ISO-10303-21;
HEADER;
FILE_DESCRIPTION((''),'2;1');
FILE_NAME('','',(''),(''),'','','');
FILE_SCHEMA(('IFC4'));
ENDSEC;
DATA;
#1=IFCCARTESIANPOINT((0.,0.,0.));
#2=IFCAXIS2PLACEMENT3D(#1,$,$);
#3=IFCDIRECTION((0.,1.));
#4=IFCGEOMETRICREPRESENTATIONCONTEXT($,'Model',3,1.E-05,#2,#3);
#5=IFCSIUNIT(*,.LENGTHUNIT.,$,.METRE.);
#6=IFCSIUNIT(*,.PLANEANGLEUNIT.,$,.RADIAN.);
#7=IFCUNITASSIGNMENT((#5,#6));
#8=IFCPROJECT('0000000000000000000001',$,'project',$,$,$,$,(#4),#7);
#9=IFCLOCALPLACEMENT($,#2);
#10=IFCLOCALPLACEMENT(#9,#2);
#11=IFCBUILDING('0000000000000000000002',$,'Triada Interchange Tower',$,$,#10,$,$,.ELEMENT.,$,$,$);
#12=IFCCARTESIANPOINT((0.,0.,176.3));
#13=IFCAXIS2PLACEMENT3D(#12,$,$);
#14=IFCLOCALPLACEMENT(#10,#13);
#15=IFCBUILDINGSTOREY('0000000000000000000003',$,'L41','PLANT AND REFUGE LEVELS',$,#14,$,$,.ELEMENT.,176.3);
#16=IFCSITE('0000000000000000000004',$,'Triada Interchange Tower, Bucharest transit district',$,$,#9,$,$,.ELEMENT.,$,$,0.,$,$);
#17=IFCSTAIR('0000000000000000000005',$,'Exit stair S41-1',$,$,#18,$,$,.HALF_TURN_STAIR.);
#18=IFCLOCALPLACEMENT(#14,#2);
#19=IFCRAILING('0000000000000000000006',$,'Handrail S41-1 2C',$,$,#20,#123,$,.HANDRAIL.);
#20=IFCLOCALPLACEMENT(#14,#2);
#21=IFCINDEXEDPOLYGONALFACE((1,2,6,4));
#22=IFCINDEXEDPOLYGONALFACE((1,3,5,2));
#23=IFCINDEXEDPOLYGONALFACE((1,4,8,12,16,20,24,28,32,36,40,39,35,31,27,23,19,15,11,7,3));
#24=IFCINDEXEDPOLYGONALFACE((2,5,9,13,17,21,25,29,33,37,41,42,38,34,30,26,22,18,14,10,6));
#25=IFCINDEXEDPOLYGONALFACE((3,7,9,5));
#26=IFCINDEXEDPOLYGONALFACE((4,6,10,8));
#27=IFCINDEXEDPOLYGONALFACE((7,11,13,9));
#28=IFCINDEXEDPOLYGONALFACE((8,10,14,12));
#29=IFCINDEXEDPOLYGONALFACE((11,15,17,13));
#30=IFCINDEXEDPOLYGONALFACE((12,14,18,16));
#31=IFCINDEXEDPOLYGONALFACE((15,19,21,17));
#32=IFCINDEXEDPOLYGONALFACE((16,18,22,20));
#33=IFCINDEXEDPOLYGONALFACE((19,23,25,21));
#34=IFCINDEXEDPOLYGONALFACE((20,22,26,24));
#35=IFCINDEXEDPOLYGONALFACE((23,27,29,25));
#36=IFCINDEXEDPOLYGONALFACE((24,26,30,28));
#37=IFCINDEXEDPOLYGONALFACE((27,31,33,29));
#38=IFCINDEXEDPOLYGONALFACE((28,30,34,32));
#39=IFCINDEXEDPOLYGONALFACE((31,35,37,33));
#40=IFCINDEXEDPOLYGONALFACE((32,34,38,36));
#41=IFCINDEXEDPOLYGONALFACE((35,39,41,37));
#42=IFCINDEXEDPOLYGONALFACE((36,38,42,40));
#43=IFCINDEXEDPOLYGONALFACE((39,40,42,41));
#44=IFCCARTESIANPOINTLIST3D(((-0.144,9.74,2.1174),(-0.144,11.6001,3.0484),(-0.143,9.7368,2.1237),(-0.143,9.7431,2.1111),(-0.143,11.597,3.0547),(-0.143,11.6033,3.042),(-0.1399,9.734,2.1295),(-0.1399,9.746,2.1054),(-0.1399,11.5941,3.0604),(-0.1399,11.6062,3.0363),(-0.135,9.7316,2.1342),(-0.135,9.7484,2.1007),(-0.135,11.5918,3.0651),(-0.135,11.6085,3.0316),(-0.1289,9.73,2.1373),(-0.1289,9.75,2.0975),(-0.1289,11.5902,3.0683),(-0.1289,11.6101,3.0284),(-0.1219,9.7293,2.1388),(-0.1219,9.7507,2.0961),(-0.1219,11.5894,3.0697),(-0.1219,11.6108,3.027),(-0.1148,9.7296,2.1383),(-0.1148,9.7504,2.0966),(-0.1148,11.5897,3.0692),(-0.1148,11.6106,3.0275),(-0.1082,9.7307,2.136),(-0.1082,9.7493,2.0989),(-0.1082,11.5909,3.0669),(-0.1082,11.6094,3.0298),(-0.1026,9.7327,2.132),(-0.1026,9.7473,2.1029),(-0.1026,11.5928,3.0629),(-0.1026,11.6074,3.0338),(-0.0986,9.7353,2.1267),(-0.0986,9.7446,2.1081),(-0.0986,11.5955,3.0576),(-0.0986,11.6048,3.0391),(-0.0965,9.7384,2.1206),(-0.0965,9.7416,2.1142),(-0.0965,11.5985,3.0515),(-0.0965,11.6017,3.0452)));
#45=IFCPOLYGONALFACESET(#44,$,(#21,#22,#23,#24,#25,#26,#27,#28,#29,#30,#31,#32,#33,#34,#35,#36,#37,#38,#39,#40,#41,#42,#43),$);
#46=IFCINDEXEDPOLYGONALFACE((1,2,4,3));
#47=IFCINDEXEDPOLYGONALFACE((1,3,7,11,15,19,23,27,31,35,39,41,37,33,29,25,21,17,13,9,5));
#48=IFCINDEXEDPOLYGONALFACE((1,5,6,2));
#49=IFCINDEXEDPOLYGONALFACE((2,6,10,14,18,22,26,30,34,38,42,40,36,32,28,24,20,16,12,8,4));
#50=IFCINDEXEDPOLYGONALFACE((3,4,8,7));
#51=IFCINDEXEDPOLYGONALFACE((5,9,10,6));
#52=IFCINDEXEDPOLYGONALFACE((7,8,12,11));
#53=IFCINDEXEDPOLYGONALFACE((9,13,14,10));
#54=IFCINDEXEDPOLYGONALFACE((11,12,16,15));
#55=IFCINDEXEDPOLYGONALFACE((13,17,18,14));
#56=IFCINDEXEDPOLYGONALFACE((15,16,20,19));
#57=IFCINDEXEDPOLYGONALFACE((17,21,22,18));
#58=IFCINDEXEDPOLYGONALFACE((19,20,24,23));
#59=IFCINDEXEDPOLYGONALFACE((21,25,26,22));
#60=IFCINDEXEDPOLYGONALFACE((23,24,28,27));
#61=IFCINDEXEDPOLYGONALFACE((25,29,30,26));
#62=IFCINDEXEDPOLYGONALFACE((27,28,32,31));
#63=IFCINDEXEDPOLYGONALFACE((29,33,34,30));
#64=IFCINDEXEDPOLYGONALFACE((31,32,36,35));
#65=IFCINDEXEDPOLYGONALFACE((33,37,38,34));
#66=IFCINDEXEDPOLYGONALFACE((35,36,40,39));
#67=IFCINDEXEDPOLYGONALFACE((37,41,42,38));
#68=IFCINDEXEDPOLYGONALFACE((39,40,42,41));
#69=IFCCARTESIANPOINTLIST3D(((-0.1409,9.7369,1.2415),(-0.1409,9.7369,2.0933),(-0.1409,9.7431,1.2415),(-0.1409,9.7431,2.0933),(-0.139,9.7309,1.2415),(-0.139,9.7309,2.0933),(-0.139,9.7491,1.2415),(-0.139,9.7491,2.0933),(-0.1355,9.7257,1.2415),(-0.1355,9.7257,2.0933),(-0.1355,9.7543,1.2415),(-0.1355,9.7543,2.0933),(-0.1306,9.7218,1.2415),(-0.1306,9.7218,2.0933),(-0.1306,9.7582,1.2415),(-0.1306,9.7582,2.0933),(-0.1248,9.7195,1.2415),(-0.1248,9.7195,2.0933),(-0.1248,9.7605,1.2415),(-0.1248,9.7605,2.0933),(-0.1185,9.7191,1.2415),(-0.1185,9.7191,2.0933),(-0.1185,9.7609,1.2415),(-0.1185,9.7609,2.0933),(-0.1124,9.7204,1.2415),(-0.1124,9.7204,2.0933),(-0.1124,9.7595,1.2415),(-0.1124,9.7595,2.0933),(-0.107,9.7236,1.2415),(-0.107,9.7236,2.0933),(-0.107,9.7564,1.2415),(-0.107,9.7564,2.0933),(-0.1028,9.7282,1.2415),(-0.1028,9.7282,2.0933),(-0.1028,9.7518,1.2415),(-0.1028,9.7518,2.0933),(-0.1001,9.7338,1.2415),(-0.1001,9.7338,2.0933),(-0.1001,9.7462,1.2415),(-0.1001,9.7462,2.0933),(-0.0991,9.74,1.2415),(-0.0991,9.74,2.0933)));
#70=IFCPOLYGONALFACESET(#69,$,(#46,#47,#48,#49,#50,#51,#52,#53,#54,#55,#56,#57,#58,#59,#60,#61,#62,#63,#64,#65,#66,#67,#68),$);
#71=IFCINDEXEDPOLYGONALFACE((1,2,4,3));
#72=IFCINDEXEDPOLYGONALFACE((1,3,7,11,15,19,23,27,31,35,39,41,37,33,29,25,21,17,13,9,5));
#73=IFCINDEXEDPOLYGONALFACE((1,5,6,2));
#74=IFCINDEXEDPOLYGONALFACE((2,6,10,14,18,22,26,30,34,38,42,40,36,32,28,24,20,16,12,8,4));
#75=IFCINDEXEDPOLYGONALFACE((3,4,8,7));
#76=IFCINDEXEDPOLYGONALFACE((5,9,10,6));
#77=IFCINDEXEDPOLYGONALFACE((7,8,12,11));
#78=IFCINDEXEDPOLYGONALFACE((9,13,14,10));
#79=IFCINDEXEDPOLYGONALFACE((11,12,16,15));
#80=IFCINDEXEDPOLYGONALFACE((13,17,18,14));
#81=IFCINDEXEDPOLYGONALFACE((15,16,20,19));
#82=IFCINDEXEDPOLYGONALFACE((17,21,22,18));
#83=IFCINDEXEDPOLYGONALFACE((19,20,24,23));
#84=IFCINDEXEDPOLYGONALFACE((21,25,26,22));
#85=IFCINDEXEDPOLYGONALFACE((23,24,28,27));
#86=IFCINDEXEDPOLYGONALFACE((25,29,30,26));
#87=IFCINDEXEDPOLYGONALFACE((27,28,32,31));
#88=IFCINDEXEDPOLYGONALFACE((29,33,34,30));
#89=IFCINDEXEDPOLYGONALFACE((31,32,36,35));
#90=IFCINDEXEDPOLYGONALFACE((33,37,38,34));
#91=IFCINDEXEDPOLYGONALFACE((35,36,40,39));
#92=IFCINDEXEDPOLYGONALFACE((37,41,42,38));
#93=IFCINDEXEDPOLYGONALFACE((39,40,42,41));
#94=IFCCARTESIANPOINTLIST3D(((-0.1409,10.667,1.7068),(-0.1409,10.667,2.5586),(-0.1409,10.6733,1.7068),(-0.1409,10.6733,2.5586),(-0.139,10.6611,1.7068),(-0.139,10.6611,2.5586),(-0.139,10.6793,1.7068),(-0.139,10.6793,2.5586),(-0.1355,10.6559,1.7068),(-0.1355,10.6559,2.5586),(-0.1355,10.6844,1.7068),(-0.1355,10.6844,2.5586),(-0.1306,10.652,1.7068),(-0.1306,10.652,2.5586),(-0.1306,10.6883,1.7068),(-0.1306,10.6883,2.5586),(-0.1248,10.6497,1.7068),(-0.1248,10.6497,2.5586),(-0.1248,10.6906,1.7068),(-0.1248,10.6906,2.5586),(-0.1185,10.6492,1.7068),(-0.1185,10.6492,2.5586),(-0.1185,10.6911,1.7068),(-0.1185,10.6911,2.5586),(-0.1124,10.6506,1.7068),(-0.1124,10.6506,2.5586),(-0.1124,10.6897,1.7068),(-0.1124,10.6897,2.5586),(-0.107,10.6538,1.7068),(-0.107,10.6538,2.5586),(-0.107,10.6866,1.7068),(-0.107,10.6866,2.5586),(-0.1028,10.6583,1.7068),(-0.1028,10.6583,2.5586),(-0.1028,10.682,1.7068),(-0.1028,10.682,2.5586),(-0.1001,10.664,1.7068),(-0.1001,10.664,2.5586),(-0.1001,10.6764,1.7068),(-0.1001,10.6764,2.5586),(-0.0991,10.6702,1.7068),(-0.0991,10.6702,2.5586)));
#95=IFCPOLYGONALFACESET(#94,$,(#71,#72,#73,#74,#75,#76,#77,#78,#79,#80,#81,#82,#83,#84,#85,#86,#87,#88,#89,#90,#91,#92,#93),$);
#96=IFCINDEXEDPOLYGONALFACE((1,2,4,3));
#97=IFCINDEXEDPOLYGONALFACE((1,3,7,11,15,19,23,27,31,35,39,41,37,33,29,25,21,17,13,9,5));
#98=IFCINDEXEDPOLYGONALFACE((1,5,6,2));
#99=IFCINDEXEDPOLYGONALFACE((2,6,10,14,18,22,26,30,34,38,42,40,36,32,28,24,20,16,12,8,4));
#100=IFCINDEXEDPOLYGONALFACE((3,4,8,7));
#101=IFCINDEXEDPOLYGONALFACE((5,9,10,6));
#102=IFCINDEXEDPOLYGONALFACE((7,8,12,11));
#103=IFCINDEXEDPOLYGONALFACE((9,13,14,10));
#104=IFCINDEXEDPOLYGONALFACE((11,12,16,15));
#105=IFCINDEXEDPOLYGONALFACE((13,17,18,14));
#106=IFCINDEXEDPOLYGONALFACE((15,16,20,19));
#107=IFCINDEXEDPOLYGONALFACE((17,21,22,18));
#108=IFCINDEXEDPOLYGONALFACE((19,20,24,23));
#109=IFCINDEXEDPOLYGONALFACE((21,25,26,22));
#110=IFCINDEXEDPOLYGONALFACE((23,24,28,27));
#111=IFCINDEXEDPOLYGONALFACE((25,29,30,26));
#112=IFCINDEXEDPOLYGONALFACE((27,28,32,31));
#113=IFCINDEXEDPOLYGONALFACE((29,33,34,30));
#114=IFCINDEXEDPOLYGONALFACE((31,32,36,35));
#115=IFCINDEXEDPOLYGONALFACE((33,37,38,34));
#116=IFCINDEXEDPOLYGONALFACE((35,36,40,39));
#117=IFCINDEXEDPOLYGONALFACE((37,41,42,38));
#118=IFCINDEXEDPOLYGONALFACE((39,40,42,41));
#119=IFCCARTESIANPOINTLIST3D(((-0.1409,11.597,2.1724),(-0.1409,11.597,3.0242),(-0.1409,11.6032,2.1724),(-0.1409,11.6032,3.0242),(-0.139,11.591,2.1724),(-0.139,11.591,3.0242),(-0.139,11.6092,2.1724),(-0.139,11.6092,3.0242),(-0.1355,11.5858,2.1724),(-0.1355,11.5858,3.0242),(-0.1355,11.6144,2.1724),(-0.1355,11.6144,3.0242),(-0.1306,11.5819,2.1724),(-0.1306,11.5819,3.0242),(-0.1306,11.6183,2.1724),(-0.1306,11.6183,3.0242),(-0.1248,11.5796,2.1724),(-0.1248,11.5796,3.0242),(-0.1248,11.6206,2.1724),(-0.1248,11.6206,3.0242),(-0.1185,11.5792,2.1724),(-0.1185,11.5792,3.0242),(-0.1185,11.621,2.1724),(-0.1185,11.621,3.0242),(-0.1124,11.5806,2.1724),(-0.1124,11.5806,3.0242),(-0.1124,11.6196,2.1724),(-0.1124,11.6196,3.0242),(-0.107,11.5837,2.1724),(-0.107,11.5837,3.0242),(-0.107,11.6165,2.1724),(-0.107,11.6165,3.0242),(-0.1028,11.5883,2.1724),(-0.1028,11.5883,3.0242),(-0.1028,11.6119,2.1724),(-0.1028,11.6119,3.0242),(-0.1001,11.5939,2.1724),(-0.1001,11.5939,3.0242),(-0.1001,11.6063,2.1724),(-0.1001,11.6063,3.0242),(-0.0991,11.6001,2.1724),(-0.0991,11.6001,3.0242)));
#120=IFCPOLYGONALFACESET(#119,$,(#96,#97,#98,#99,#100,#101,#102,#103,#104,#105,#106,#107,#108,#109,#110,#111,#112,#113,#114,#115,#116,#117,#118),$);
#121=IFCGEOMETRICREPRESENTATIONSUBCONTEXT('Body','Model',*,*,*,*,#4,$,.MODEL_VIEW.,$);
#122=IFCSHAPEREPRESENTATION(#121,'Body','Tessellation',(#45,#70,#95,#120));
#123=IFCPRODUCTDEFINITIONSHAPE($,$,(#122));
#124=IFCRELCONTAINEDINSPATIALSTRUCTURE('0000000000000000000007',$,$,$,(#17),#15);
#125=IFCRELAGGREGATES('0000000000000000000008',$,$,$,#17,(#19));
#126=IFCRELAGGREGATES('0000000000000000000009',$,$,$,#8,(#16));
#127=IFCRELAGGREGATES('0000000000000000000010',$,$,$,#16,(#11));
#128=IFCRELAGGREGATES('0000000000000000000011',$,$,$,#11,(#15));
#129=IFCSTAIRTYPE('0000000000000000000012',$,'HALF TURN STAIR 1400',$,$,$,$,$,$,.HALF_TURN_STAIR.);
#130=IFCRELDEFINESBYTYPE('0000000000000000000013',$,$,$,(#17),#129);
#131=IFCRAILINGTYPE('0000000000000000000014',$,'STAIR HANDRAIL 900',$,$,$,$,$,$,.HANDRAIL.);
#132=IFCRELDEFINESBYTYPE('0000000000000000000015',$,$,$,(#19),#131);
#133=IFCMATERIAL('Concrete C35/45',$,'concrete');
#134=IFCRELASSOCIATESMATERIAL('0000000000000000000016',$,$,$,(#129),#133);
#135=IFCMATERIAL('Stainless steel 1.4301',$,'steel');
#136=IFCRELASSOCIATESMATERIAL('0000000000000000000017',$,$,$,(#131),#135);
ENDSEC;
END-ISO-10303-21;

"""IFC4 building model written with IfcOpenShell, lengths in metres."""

from ifc_helpers import new_model, si_unit, direction, frame, origin, origin_2d, place, context, subcontext, project, spatial, circle, extrude, material, type_object, element, aggregate, save


model = new_model("IFC4")

# Units and contexts
model_context = context("Model", 3, precision=1e-05, world=origin(), true_north=direction((0.0, 1.0)))
body_context = subcontext(model_context, "Body", "Model", "MODEL_VIEW")
ifc_project = project(units=[si_unit("LENGTHUNIT", "METRE"), si_unit("PLANEANGLEUNIT", "RADIAN")], contexts=[model_context])

# Site, building, storey
site_placement = place(None, origin())
site = spatial("IfcSite", under=ifc_project, at=site_placement, Name="Triada Interchange Tower, Bucharest transit district", CompositionType="ELEMENT", RefElevation=0.0)
building_placement = place(site_placement, origin())
building = spatial("IfcBuilding", under=site, at=building_placement, Name="Triada Interchange Tower", CompositionType="ELEMENT")
storey_placement = place(building_placement, frame((0.0, 0.0, 176.3)))
storey = spatial("IfcBuildingStorey", under=building, at=storey_placement, Name="L41", Description="PLANT AND REFUGE LEVELS", CompositionType="ELEMENT", Elevation=176.3)

# Stair
ifc_material_1 = material(Name="Concrete C35/45", Category="concrete")
stair_type = type_object("IfcStairType", Name="HALF TURN STAIR 1400", PredefinedType="HALF_TURN_STAIR", material=ifc_material_1)
stair_placement = place(storey_placement, origin())
stair = element("IfcStair", 1, at=stair_placement, inside=storey, type_object=stair_type, Name="Exit stair S41-1", PredefinedType="HALF_TURN_STAIR")

# Railing
ifc_material_2 = material(Name="Stainless steel 1.4301", Category="steel")
railing_type = type_object("IfcRailingType", Name="STAIR HANDRAIL 900", PredefinedType="HANDRAIL", material=ifc_material_2)
railing_1_placement = place(storey_placement, frame((-0.1201, 9.74, 1.2415)))
railing_1 = element("IfcRailing", 2, at=railing_1_placement, type_object=railing_type, Name="Handrail S41-1 2C", PredefinedType="HANDRAIL", context=body_context, shape_type="SweptSolid", body=[
    extrude(circle(Radius=0.0239, at=origin_2d()), frame((0.0, 0.0, 0.876), z_axis=(0.0, 0.894263, 0.447542), x_axis=(-1.0, 0.0, 0.0)), (0.0, 0.0, 1.0), 2.0801),
    extrude(circle(Radius=0.021, at=origin_2d()), origin(), (0.0, 0.0, 1.0), 0.8518),
    extrude(circle(Radius=0.021, at=origin_2d()), frame((0.0, 0.9302, 0.4653)), (0.0, 0.0, 1.0), 0.8518),
    extrude(circle(Radius=0.021, at=origin_2d()), frame((0.0, 1.8601, 0.9309)), (0.0, 0.0, 1.0), 0.8518),
])
aggregate(stair, [railing_1])

save(model, "model.ifc")
